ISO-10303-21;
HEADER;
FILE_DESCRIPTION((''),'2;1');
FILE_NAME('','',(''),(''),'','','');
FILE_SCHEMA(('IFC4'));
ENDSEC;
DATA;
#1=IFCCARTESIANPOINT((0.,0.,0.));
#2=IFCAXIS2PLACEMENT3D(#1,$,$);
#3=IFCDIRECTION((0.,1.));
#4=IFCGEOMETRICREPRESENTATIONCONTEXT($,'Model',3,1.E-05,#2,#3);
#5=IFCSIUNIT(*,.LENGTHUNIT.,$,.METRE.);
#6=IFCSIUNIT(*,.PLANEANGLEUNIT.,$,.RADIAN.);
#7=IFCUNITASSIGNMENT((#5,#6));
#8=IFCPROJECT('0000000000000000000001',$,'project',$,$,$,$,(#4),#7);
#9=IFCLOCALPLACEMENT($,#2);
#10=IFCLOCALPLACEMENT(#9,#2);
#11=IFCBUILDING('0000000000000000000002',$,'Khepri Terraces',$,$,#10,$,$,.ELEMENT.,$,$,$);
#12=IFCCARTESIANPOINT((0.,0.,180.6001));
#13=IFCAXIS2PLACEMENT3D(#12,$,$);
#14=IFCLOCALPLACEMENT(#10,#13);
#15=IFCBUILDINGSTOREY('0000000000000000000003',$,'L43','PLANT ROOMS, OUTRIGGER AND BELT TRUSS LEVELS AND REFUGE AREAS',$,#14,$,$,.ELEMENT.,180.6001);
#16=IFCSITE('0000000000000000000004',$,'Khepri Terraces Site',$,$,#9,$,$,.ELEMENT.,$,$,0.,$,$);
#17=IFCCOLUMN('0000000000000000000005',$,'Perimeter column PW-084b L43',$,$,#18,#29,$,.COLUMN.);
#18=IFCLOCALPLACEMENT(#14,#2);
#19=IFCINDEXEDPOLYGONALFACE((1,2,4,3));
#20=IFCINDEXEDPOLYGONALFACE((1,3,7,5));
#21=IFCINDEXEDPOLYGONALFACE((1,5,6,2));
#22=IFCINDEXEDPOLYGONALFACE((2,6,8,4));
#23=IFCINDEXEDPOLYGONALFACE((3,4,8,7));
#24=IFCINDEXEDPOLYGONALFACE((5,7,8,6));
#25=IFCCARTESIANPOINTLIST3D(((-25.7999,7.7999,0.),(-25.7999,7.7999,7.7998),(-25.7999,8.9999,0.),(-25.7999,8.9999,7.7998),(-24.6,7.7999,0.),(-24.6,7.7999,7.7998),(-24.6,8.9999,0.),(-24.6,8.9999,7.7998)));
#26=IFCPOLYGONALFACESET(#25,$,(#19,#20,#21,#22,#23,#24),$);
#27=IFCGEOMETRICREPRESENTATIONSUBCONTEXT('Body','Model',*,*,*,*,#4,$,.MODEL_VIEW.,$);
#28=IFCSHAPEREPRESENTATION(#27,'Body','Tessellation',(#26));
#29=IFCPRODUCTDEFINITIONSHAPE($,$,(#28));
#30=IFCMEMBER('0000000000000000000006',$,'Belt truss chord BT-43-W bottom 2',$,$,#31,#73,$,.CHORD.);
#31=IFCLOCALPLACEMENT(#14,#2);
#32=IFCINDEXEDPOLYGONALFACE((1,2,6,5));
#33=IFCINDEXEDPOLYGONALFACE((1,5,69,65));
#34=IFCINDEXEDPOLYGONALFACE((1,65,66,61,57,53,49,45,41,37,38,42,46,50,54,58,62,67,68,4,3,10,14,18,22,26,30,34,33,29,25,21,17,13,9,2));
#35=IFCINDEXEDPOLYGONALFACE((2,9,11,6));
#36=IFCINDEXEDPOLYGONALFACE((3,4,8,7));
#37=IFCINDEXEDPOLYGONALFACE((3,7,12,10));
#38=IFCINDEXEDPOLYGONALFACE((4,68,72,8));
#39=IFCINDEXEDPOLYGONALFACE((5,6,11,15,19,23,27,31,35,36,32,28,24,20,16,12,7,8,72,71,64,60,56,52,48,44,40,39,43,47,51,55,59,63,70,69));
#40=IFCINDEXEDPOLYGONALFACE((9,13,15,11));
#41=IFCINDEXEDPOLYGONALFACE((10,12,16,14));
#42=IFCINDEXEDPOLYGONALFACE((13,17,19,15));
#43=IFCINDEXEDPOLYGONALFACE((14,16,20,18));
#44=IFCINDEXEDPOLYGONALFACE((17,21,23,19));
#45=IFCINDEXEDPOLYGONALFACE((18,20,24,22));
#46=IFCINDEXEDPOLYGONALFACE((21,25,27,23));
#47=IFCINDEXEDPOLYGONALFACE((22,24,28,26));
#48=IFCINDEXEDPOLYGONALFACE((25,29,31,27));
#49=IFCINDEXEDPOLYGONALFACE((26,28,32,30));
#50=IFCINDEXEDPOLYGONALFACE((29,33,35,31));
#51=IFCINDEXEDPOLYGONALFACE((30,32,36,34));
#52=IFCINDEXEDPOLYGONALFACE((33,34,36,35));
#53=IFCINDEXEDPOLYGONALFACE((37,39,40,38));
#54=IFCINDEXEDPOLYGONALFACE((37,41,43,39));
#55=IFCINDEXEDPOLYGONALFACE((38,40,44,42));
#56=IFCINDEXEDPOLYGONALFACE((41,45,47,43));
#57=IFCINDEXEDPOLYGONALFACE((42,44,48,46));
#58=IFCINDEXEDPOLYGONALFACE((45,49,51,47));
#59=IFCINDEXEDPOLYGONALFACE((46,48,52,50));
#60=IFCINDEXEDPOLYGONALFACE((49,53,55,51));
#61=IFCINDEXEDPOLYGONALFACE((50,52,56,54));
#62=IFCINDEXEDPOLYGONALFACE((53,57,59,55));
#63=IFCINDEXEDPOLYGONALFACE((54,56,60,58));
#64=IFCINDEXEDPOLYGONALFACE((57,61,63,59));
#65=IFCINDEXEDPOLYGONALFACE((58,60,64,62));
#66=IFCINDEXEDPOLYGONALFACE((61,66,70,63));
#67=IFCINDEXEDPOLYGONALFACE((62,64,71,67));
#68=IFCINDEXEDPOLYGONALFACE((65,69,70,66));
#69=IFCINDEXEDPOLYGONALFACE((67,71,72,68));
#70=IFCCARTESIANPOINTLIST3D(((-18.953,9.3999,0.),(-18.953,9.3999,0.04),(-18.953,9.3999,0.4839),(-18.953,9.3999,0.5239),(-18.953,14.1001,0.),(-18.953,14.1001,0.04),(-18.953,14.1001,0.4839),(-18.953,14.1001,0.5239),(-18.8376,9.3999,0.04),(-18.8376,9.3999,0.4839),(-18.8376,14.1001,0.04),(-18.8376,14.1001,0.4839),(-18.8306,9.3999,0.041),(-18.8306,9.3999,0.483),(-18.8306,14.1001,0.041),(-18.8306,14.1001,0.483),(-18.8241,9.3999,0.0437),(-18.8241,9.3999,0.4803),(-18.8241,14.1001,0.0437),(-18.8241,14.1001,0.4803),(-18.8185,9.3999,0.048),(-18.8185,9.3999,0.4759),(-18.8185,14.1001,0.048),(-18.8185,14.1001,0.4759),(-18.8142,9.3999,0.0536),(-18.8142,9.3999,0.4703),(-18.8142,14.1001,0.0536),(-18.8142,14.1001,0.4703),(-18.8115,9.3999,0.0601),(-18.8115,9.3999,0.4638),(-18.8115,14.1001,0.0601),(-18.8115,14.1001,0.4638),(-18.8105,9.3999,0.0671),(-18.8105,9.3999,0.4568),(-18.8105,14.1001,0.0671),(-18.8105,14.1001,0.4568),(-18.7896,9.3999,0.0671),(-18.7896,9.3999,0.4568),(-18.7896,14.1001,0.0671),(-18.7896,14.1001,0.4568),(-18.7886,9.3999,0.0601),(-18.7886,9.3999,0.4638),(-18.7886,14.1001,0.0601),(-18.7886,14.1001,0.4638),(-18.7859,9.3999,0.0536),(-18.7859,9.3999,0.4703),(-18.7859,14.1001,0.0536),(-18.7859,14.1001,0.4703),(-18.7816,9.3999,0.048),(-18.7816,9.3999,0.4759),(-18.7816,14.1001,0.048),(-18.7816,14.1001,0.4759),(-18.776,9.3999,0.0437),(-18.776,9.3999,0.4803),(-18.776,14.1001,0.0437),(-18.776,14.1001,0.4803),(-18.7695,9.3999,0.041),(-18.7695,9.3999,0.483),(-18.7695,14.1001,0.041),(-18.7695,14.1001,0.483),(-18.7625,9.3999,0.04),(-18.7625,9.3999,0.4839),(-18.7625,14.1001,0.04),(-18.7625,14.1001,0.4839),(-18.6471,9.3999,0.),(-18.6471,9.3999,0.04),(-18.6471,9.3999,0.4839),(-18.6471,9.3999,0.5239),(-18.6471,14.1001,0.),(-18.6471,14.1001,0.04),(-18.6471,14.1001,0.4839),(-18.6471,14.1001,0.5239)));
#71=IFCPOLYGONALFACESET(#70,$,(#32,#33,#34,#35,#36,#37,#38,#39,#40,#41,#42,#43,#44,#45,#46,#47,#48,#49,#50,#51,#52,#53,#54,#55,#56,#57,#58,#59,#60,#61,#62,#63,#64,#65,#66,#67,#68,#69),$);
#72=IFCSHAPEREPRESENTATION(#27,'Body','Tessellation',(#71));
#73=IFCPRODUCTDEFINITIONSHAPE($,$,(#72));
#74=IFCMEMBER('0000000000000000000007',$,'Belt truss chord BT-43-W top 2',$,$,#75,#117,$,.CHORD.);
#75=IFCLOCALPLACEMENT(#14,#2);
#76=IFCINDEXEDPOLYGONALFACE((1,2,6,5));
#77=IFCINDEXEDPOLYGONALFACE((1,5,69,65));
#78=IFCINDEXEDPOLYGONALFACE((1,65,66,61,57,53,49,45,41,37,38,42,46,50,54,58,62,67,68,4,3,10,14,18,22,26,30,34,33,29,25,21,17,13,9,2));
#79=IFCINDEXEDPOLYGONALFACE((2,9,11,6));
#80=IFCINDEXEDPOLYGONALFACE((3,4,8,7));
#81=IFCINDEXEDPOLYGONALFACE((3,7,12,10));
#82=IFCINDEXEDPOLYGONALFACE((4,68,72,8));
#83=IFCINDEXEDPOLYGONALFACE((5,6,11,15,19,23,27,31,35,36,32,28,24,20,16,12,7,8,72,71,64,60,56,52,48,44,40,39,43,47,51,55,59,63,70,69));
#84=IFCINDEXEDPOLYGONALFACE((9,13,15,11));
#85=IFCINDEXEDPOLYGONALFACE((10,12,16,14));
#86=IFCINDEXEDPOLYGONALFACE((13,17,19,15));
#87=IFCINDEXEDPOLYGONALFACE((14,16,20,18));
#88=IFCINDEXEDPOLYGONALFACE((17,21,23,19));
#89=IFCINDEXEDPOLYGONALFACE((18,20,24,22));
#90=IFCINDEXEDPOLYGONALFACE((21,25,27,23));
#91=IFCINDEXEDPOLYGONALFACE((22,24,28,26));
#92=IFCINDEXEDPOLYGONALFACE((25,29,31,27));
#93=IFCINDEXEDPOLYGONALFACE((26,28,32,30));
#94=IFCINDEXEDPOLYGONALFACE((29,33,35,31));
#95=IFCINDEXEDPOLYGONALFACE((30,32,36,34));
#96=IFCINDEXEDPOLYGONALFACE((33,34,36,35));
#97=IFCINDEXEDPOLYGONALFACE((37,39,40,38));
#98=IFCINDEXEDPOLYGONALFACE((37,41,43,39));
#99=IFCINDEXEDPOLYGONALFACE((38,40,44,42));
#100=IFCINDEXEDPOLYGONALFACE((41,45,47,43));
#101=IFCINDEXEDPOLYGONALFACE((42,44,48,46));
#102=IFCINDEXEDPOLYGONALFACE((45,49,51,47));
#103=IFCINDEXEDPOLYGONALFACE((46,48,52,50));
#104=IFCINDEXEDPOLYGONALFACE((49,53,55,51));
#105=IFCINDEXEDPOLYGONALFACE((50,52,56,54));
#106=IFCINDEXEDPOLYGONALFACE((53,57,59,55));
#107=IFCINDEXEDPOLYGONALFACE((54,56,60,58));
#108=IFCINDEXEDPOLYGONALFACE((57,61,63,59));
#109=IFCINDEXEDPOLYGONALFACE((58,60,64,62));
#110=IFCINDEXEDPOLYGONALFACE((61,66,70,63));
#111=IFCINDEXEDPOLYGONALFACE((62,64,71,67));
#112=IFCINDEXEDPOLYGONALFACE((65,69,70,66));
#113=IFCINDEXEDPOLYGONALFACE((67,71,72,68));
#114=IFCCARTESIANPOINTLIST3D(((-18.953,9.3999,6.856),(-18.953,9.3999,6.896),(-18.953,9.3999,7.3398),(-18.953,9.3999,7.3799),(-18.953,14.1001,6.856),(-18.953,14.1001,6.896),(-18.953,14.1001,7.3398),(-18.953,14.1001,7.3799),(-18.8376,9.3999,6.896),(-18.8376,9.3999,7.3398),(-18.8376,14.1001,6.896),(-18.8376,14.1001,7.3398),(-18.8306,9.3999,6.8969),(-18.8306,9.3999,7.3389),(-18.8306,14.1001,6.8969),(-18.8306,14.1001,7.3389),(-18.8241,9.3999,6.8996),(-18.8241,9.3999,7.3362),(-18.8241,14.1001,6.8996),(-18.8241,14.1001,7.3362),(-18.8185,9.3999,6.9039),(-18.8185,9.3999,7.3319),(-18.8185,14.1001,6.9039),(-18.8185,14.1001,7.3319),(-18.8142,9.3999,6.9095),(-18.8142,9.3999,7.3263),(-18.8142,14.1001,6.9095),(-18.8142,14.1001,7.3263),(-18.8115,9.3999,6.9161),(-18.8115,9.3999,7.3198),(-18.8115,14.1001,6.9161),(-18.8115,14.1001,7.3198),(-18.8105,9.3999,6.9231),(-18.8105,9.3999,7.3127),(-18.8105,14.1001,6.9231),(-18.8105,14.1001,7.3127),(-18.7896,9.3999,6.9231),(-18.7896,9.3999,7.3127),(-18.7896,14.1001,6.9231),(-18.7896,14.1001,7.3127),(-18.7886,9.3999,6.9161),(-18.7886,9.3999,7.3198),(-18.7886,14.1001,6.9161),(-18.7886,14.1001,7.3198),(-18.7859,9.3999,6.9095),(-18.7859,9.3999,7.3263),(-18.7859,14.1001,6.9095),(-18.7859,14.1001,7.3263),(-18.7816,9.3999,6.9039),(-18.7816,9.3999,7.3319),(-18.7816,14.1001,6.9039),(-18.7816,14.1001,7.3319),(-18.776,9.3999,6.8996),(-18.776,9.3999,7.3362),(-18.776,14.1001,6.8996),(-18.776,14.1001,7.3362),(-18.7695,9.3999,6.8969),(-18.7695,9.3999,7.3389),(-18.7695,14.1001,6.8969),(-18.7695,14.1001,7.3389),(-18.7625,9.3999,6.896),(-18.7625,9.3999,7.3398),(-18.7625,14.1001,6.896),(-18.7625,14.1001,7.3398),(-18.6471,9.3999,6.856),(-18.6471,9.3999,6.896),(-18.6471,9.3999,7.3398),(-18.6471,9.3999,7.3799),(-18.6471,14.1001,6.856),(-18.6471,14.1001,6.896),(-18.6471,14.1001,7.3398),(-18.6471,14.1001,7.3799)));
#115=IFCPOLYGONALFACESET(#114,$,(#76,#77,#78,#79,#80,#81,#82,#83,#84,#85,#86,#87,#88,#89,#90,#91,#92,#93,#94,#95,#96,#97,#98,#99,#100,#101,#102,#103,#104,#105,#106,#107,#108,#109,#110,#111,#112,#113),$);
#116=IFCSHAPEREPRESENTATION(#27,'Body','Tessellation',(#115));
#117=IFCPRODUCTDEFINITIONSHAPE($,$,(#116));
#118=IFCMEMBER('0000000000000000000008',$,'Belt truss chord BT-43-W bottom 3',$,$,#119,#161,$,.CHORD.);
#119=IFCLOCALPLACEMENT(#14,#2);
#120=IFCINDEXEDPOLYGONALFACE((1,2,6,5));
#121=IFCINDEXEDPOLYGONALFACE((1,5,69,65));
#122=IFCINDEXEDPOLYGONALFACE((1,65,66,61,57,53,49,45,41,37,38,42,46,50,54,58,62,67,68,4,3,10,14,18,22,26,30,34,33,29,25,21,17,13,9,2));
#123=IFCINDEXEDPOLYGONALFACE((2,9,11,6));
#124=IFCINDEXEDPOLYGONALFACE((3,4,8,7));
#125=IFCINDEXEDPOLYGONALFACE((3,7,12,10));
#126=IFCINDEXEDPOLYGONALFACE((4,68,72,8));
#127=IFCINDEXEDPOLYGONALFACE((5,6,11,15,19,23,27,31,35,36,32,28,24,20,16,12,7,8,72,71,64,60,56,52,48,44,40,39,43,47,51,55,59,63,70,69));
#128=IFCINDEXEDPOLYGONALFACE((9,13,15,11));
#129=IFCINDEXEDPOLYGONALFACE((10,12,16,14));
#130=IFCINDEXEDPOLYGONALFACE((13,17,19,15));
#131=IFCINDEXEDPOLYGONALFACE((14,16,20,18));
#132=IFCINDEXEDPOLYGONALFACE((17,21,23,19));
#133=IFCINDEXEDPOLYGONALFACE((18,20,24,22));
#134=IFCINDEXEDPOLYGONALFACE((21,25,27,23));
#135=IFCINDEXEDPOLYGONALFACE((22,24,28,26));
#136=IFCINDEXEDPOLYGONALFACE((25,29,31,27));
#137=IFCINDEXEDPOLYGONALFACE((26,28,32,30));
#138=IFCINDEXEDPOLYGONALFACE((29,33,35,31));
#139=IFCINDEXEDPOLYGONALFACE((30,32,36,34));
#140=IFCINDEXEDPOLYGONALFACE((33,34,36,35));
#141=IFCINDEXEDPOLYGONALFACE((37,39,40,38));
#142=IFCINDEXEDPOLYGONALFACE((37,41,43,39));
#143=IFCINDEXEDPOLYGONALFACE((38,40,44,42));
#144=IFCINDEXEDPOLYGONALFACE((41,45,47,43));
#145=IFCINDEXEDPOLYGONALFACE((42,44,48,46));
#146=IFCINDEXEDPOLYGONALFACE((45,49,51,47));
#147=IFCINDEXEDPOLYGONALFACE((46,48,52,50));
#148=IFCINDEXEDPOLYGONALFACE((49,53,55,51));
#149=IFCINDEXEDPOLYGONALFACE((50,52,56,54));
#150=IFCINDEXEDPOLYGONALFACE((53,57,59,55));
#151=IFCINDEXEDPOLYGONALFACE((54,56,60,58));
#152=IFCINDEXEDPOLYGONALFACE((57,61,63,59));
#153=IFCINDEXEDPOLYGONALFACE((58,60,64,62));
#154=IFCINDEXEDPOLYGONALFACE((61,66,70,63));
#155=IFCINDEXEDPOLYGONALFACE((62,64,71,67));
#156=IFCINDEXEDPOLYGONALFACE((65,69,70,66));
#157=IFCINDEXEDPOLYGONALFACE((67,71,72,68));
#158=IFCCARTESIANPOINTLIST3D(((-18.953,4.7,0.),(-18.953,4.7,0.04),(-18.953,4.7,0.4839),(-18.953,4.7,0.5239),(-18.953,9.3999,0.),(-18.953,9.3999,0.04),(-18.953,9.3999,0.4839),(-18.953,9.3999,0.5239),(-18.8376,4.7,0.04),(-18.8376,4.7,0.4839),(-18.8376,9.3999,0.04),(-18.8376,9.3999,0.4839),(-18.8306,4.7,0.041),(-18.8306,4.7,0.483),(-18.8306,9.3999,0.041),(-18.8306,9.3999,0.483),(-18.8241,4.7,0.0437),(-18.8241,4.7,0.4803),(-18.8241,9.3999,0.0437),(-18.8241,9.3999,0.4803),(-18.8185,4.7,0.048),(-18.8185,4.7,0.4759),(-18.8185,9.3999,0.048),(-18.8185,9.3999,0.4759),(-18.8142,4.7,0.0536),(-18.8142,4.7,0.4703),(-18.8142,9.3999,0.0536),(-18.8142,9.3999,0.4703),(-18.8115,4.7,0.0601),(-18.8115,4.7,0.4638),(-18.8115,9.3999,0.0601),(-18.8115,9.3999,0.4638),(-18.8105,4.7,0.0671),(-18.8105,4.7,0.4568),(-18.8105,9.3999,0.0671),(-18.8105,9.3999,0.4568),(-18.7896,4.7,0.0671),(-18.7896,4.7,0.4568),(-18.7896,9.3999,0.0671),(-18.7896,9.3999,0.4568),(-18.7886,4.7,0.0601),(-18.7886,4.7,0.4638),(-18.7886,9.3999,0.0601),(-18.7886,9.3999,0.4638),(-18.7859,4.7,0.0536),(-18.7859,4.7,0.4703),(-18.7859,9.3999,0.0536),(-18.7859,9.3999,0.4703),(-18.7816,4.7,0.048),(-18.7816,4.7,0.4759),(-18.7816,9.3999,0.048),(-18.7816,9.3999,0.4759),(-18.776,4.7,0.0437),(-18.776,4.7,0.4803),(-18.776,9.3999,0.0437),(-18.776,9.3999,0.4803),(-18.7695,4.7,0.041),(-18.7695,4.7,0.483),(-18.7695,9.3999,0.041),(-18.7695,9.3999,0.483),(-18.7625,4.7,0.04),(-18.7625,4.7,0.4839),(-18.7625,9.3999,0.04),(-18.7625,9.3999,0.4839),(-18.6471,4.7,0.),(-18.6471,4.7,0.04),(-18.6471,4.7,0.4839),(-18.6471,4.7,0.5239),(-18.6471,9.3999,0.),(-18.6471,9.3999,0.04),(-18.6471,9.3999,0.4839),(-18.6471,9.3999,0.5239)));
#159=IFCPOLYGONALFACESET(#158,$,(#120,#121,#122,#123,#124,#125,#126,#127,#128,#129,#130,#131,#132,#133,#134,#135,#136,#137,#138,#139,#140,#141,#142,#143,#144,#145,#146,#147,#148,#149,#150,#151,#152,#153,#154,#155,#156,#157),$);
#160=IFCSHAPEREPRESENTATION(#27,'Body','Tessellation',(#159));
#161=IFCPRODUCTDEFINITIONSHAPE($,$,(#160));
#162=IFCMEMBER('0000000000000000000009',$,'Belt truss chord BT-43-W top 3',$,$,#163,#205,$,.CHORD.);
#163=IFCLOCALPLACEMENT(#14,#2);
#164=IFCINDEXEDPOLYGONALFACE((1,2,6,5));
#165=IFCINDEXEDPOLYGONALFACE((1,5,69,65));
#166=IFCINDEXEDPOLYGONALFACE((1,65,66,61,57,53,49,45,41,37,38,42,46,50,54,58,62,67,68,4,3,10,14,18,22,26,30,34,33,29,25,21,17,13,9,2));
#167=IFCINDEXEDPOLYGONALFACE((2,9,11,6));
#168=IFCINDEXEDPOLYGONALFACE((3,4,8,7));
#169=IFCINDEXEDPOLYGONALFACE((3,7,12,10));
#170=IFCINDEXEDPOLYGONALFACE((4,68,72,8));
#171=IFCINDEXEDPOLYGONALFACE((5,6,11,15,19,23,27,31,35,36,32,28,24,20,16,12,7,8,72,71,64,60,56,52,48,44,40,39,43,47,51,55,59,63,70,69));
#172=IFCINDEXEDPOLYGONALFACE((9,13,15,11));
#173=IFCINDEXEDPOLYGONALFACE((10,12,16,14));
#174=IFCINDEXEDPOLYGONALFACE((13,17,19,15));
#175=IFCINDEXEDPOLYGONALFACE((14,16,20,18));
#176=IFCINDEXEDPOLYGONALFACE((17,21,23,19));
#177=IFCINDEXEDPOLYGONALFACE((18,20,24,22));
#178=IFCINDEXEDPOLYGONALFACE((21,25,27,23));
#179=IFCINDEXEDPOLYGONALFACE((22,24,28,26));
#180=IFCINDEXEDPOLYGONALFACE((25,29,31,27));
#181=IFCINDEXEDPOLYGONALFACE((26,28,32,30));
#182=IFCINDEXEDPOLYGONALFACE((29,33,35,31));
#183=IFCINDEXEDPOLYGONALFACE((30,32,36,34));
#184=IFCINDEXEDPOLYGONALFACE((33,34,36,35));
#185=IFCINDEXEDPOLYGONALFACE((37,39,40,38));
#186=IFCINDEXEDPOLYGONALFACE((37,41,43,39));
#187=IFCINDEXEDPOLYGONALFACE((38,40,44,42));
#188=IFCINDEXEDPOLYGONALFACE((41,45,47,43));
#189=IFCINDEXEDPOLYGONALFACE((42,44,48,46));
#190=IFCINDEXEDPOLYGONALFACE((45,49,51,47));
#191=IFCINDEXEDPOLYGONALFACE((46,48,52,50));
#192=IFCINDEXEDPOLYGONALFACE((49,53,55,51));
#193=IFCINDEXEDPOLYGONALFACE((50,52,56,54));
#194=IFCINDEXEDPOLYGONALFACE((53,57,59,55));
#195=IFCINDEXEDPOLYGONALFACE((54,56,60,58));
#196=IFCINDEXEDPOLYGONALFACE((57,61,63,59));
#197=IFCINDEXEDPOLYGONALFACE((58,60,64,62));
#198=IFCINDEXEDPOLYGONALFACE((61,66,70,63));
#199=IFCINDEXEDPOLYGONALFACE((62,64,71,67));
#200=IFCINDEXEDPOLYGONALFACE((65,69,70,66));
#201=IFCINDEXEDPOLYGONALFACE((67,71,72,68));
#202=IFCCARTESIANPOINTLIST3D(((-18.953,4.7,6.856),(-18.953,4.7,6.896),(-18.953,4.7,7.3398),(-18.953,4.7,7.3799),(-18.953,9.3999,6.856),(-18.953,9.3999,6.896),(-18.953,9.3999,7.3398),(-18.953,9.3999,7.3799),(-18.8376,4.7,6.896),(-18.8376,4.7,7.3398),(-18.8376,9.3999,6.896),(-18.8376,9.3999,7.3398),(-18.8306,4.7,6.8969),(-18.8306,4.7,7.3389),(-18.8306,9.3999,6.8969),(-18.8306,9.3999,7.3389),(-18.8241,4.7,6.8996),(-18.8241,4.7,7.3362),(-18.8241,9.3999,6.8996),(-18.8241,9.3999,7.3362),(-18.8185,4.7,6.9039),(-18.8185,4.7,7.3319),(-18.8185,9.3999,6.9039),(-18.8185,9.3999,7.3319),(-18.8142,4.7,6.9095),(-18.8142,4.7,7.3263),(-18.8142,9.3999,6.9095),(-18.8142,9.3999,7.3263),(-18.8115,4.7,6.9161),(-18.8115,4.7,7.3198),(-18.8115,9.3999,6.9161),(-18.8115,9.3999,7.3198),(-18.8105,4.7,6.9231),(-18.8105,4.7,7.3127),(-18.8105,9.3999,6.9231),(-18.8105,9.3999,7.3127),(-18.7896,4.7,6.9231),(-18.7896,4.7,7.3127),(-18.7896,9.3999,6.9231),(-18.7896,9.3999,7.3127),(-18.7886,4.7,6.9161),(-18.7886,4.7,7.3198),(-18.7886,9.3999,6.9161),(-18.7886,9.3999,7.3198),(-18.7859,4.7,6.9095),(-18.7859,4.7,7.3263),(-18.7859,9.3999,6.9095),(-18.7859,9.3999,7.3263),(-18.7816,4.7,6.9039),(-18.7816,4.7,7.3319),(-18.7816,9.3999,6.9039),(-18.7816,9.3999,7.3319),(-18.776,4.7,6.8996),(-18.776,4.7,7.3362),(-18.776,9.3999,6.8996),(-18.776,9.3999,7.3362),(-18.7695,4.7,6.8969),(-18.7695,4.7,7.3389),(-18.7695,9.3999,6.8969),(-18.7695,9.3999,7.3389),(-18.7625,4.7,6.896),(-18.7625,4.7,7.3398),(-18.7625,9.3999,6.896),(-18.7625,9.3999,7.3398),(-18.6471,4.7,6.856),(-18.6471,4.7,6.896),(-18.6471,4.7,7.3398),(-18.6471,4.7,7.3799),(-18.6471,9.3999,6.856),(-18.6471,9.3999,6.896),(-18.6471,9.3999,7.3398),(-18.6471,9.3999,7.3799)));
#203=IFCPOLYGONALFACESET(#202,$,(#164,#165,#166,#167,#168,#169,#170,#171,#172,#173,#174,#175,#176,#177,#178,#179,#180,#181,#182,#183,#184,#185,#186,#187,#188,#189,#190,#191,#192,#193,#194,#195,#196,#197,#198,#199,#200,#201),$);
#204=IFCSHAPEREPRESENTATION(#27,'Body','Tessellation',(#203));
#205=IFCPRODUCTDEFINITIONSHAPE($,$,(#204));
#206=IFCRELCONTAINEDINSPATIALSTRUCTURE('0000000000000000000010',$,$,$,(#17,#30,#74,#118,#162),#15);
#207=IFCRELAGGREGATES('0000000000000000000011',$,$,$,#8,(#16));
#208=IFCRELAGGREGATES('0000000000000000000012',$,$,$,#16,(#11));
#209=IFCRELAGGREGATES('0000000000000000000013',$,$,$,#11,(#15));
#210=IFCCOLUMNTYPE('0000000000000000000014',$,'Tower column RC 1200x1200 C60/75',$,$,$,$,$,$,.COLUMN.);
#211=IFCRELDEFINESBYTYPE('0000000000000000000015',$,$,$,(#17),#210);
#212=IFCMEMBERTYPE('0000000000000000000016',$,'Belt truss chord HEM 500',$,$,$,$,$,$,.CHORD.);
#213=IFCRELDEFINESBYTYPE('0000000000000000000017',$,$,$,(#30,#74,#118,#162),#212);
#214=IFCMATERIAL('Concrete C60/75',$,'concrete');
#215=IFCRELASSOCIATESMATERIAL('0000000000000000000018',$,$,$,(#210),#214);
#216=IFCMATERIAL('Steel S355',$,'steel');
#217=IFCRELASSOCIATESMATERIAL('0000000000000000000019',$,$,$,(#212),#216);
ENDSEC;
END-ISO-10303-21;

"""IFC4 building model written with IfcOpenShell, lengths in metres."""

from ifc_helpers import new_model, si_unit, direction, frame, origin, origin_2d, place, context, subcontext, project, spatial, rectangle, i_section, extrude, material, material_profile, profile_set, type_object, element, save


model = new_model("IFC4")

# Units and contexts
model_context = context("Model", 3, precision=1e-05, world=origin(), true_north=direction((0.0, 1.0)))
body_context = subcontext(model_context, "Body", "Model", "MODEL_VIEW")
ifc_project = project(units=[si_unit("LENGTHUNIT", "METRE"), si_unit("PLANEANGLEUNIT", "RADIAN")], contexts=[model_context])

# Site, building, storey
site_placement = place(None, origin())
site = spatial("IfcSite", under=ifc_project, at=site_placement, Name="Khepri Terraces Site", CompositionType="ELEMENT", RefElevation=0.0)
building_placement = place(site_placement, origin())
building = spatial("IfcBuilding", under=site, at=building_placement, Name="Khepri Terraces", CompositionType="ELEMENT")
storey_placement = place(building_placement, frame((0.0, 0.0, 180.6001)))
storey = spatial("IfcBuildingStorey", under=building, at=storey_placement, Name="L43", Description="PLANT ROOMS, OUTRIGGER AND BELT TRUSS LEVELS AND REFUGE AREAS", CompositionType="ELEMENT", Elevation=180.6001)

# Column
ifc_material_1 = material(Name="Concrete C60/75", Category="concrete")
ifc_material_profile_1 = material_profile(ifc_material_1, rectangle(XDim=1.2, YDim=1.2, at=origin_2d()), Name="Concrete C60/75", Category="concrete")
ifc_profile_set_1 = profile_set([ifc_material_profile_1], Name="Concrete C60/75")
column_type = type_object("IfcColumnType", Name="Tower column RC 1200x1200 C60/75", PredefinedType="COLUMN", material=ifc_profile_set_1)
column_placement = place(storey_placement, frame((-25.2, 8.3999, 0.0), z_axis=(0.0, 0.0, 1.0), x_axis=(1.0, 0.0, 0.0)))
element("IfcColumn", 1, at=column_placement, inside=storey, type_object=column_type, Name="Perimeter column PW-084b L43", PredefinedType="COLUMN", context=body_context, shape_type="SweptSolid", body=[
    extrude(rectangle(XDim=1.2, YDim=1.2, at=origin_2d()), origin(), (0.0, 0.0, 1.0), 7.7998),
])

# Members
ifc_material_2 = material(Name="Steel S355", Category="steel")
ifc_material_profile_2 = material_profile(ifc_material_2, i_section(OverallWidth=0.3059, OverallDepth=0.5239, WebThickness=0.021, FlangeThickness=0.04, FilletRadius=0.0271, at=origin_2d()), Name="Steel S355", Category="steel")
ifc_profile_set_2 = profile_set([ifc_material_profile_2], Name="Steel S355")
member_type_1 = type_object("IfcMemberType", Name="Belt truss chord HEM 500", PredefinedType="CHORD", material=ifc_profile_set_2)
for number, where, z_axis, x_axis, name in (
    (2, (-18.8, 14.1001, 0.262), (0.0, -1.0, 0.0), (1.0, 0.0, 0.0), "Belt truss chord BT-43-W bottom 2"),
    (3, (-18.8, 14.1001, 7.1179), (0.0, -1.0, 0.0), (1.0, 0.0, 0.0), "Belt truss chord BT-43-W top 2"),
):
    element("IfcMember", number, at=place(storey_placement, frame(where, z_axis=z_axis, x_axis=x_axis)), inside=storey, type_object=member_type_1, Name=name, PredefinedType="CHORD", context=body_context, shape_type="SweptSolid", body=[
        extrude(i_section(OverallWidth=0.3059, OverallDepth=0.5239, WebThickness=0.021, FlangeThickness=0.04, FilletRadius=0.0271, at=origin_2d()), origin(), (0.0, 0.0, 1.0), 4.7002),
    ])
for number, where, z_axis, x_axis, name in (
    (4, (-18.8, 9.3999, 0.262), (0.0, -1.0, 0.0), (1.0, 0.0, 0.0), "Belt truss chord BT-43-W bottom 3"),
    (5, (-18.8, 9.3999, 7.1179), (0.0, -1.0, 0.0), (1.0, 0.0, 0.0), "Belt truss chord BT-43-W top 3"),
):
    element("IfcMember", number, at=place(storey_placement, frame(where, z_axis=z_axis, x_axis=x_axis)), inside=storey, type_object=member_type_1, Name=name, PredefinedType="CHORD", context=body_context, shape_type="SweptSolid", body=[
        extrude(i_section(OverallWidth=0.3059, OverallDepth=0.5239, WebThickness=0.021, FlangeThickness=0.04, FilletRadius=0.0271, at=origin_2d()), origin(), (0.0, 0.0, 1.0), 4.7),
    ])

save(model, "model.ifc")
